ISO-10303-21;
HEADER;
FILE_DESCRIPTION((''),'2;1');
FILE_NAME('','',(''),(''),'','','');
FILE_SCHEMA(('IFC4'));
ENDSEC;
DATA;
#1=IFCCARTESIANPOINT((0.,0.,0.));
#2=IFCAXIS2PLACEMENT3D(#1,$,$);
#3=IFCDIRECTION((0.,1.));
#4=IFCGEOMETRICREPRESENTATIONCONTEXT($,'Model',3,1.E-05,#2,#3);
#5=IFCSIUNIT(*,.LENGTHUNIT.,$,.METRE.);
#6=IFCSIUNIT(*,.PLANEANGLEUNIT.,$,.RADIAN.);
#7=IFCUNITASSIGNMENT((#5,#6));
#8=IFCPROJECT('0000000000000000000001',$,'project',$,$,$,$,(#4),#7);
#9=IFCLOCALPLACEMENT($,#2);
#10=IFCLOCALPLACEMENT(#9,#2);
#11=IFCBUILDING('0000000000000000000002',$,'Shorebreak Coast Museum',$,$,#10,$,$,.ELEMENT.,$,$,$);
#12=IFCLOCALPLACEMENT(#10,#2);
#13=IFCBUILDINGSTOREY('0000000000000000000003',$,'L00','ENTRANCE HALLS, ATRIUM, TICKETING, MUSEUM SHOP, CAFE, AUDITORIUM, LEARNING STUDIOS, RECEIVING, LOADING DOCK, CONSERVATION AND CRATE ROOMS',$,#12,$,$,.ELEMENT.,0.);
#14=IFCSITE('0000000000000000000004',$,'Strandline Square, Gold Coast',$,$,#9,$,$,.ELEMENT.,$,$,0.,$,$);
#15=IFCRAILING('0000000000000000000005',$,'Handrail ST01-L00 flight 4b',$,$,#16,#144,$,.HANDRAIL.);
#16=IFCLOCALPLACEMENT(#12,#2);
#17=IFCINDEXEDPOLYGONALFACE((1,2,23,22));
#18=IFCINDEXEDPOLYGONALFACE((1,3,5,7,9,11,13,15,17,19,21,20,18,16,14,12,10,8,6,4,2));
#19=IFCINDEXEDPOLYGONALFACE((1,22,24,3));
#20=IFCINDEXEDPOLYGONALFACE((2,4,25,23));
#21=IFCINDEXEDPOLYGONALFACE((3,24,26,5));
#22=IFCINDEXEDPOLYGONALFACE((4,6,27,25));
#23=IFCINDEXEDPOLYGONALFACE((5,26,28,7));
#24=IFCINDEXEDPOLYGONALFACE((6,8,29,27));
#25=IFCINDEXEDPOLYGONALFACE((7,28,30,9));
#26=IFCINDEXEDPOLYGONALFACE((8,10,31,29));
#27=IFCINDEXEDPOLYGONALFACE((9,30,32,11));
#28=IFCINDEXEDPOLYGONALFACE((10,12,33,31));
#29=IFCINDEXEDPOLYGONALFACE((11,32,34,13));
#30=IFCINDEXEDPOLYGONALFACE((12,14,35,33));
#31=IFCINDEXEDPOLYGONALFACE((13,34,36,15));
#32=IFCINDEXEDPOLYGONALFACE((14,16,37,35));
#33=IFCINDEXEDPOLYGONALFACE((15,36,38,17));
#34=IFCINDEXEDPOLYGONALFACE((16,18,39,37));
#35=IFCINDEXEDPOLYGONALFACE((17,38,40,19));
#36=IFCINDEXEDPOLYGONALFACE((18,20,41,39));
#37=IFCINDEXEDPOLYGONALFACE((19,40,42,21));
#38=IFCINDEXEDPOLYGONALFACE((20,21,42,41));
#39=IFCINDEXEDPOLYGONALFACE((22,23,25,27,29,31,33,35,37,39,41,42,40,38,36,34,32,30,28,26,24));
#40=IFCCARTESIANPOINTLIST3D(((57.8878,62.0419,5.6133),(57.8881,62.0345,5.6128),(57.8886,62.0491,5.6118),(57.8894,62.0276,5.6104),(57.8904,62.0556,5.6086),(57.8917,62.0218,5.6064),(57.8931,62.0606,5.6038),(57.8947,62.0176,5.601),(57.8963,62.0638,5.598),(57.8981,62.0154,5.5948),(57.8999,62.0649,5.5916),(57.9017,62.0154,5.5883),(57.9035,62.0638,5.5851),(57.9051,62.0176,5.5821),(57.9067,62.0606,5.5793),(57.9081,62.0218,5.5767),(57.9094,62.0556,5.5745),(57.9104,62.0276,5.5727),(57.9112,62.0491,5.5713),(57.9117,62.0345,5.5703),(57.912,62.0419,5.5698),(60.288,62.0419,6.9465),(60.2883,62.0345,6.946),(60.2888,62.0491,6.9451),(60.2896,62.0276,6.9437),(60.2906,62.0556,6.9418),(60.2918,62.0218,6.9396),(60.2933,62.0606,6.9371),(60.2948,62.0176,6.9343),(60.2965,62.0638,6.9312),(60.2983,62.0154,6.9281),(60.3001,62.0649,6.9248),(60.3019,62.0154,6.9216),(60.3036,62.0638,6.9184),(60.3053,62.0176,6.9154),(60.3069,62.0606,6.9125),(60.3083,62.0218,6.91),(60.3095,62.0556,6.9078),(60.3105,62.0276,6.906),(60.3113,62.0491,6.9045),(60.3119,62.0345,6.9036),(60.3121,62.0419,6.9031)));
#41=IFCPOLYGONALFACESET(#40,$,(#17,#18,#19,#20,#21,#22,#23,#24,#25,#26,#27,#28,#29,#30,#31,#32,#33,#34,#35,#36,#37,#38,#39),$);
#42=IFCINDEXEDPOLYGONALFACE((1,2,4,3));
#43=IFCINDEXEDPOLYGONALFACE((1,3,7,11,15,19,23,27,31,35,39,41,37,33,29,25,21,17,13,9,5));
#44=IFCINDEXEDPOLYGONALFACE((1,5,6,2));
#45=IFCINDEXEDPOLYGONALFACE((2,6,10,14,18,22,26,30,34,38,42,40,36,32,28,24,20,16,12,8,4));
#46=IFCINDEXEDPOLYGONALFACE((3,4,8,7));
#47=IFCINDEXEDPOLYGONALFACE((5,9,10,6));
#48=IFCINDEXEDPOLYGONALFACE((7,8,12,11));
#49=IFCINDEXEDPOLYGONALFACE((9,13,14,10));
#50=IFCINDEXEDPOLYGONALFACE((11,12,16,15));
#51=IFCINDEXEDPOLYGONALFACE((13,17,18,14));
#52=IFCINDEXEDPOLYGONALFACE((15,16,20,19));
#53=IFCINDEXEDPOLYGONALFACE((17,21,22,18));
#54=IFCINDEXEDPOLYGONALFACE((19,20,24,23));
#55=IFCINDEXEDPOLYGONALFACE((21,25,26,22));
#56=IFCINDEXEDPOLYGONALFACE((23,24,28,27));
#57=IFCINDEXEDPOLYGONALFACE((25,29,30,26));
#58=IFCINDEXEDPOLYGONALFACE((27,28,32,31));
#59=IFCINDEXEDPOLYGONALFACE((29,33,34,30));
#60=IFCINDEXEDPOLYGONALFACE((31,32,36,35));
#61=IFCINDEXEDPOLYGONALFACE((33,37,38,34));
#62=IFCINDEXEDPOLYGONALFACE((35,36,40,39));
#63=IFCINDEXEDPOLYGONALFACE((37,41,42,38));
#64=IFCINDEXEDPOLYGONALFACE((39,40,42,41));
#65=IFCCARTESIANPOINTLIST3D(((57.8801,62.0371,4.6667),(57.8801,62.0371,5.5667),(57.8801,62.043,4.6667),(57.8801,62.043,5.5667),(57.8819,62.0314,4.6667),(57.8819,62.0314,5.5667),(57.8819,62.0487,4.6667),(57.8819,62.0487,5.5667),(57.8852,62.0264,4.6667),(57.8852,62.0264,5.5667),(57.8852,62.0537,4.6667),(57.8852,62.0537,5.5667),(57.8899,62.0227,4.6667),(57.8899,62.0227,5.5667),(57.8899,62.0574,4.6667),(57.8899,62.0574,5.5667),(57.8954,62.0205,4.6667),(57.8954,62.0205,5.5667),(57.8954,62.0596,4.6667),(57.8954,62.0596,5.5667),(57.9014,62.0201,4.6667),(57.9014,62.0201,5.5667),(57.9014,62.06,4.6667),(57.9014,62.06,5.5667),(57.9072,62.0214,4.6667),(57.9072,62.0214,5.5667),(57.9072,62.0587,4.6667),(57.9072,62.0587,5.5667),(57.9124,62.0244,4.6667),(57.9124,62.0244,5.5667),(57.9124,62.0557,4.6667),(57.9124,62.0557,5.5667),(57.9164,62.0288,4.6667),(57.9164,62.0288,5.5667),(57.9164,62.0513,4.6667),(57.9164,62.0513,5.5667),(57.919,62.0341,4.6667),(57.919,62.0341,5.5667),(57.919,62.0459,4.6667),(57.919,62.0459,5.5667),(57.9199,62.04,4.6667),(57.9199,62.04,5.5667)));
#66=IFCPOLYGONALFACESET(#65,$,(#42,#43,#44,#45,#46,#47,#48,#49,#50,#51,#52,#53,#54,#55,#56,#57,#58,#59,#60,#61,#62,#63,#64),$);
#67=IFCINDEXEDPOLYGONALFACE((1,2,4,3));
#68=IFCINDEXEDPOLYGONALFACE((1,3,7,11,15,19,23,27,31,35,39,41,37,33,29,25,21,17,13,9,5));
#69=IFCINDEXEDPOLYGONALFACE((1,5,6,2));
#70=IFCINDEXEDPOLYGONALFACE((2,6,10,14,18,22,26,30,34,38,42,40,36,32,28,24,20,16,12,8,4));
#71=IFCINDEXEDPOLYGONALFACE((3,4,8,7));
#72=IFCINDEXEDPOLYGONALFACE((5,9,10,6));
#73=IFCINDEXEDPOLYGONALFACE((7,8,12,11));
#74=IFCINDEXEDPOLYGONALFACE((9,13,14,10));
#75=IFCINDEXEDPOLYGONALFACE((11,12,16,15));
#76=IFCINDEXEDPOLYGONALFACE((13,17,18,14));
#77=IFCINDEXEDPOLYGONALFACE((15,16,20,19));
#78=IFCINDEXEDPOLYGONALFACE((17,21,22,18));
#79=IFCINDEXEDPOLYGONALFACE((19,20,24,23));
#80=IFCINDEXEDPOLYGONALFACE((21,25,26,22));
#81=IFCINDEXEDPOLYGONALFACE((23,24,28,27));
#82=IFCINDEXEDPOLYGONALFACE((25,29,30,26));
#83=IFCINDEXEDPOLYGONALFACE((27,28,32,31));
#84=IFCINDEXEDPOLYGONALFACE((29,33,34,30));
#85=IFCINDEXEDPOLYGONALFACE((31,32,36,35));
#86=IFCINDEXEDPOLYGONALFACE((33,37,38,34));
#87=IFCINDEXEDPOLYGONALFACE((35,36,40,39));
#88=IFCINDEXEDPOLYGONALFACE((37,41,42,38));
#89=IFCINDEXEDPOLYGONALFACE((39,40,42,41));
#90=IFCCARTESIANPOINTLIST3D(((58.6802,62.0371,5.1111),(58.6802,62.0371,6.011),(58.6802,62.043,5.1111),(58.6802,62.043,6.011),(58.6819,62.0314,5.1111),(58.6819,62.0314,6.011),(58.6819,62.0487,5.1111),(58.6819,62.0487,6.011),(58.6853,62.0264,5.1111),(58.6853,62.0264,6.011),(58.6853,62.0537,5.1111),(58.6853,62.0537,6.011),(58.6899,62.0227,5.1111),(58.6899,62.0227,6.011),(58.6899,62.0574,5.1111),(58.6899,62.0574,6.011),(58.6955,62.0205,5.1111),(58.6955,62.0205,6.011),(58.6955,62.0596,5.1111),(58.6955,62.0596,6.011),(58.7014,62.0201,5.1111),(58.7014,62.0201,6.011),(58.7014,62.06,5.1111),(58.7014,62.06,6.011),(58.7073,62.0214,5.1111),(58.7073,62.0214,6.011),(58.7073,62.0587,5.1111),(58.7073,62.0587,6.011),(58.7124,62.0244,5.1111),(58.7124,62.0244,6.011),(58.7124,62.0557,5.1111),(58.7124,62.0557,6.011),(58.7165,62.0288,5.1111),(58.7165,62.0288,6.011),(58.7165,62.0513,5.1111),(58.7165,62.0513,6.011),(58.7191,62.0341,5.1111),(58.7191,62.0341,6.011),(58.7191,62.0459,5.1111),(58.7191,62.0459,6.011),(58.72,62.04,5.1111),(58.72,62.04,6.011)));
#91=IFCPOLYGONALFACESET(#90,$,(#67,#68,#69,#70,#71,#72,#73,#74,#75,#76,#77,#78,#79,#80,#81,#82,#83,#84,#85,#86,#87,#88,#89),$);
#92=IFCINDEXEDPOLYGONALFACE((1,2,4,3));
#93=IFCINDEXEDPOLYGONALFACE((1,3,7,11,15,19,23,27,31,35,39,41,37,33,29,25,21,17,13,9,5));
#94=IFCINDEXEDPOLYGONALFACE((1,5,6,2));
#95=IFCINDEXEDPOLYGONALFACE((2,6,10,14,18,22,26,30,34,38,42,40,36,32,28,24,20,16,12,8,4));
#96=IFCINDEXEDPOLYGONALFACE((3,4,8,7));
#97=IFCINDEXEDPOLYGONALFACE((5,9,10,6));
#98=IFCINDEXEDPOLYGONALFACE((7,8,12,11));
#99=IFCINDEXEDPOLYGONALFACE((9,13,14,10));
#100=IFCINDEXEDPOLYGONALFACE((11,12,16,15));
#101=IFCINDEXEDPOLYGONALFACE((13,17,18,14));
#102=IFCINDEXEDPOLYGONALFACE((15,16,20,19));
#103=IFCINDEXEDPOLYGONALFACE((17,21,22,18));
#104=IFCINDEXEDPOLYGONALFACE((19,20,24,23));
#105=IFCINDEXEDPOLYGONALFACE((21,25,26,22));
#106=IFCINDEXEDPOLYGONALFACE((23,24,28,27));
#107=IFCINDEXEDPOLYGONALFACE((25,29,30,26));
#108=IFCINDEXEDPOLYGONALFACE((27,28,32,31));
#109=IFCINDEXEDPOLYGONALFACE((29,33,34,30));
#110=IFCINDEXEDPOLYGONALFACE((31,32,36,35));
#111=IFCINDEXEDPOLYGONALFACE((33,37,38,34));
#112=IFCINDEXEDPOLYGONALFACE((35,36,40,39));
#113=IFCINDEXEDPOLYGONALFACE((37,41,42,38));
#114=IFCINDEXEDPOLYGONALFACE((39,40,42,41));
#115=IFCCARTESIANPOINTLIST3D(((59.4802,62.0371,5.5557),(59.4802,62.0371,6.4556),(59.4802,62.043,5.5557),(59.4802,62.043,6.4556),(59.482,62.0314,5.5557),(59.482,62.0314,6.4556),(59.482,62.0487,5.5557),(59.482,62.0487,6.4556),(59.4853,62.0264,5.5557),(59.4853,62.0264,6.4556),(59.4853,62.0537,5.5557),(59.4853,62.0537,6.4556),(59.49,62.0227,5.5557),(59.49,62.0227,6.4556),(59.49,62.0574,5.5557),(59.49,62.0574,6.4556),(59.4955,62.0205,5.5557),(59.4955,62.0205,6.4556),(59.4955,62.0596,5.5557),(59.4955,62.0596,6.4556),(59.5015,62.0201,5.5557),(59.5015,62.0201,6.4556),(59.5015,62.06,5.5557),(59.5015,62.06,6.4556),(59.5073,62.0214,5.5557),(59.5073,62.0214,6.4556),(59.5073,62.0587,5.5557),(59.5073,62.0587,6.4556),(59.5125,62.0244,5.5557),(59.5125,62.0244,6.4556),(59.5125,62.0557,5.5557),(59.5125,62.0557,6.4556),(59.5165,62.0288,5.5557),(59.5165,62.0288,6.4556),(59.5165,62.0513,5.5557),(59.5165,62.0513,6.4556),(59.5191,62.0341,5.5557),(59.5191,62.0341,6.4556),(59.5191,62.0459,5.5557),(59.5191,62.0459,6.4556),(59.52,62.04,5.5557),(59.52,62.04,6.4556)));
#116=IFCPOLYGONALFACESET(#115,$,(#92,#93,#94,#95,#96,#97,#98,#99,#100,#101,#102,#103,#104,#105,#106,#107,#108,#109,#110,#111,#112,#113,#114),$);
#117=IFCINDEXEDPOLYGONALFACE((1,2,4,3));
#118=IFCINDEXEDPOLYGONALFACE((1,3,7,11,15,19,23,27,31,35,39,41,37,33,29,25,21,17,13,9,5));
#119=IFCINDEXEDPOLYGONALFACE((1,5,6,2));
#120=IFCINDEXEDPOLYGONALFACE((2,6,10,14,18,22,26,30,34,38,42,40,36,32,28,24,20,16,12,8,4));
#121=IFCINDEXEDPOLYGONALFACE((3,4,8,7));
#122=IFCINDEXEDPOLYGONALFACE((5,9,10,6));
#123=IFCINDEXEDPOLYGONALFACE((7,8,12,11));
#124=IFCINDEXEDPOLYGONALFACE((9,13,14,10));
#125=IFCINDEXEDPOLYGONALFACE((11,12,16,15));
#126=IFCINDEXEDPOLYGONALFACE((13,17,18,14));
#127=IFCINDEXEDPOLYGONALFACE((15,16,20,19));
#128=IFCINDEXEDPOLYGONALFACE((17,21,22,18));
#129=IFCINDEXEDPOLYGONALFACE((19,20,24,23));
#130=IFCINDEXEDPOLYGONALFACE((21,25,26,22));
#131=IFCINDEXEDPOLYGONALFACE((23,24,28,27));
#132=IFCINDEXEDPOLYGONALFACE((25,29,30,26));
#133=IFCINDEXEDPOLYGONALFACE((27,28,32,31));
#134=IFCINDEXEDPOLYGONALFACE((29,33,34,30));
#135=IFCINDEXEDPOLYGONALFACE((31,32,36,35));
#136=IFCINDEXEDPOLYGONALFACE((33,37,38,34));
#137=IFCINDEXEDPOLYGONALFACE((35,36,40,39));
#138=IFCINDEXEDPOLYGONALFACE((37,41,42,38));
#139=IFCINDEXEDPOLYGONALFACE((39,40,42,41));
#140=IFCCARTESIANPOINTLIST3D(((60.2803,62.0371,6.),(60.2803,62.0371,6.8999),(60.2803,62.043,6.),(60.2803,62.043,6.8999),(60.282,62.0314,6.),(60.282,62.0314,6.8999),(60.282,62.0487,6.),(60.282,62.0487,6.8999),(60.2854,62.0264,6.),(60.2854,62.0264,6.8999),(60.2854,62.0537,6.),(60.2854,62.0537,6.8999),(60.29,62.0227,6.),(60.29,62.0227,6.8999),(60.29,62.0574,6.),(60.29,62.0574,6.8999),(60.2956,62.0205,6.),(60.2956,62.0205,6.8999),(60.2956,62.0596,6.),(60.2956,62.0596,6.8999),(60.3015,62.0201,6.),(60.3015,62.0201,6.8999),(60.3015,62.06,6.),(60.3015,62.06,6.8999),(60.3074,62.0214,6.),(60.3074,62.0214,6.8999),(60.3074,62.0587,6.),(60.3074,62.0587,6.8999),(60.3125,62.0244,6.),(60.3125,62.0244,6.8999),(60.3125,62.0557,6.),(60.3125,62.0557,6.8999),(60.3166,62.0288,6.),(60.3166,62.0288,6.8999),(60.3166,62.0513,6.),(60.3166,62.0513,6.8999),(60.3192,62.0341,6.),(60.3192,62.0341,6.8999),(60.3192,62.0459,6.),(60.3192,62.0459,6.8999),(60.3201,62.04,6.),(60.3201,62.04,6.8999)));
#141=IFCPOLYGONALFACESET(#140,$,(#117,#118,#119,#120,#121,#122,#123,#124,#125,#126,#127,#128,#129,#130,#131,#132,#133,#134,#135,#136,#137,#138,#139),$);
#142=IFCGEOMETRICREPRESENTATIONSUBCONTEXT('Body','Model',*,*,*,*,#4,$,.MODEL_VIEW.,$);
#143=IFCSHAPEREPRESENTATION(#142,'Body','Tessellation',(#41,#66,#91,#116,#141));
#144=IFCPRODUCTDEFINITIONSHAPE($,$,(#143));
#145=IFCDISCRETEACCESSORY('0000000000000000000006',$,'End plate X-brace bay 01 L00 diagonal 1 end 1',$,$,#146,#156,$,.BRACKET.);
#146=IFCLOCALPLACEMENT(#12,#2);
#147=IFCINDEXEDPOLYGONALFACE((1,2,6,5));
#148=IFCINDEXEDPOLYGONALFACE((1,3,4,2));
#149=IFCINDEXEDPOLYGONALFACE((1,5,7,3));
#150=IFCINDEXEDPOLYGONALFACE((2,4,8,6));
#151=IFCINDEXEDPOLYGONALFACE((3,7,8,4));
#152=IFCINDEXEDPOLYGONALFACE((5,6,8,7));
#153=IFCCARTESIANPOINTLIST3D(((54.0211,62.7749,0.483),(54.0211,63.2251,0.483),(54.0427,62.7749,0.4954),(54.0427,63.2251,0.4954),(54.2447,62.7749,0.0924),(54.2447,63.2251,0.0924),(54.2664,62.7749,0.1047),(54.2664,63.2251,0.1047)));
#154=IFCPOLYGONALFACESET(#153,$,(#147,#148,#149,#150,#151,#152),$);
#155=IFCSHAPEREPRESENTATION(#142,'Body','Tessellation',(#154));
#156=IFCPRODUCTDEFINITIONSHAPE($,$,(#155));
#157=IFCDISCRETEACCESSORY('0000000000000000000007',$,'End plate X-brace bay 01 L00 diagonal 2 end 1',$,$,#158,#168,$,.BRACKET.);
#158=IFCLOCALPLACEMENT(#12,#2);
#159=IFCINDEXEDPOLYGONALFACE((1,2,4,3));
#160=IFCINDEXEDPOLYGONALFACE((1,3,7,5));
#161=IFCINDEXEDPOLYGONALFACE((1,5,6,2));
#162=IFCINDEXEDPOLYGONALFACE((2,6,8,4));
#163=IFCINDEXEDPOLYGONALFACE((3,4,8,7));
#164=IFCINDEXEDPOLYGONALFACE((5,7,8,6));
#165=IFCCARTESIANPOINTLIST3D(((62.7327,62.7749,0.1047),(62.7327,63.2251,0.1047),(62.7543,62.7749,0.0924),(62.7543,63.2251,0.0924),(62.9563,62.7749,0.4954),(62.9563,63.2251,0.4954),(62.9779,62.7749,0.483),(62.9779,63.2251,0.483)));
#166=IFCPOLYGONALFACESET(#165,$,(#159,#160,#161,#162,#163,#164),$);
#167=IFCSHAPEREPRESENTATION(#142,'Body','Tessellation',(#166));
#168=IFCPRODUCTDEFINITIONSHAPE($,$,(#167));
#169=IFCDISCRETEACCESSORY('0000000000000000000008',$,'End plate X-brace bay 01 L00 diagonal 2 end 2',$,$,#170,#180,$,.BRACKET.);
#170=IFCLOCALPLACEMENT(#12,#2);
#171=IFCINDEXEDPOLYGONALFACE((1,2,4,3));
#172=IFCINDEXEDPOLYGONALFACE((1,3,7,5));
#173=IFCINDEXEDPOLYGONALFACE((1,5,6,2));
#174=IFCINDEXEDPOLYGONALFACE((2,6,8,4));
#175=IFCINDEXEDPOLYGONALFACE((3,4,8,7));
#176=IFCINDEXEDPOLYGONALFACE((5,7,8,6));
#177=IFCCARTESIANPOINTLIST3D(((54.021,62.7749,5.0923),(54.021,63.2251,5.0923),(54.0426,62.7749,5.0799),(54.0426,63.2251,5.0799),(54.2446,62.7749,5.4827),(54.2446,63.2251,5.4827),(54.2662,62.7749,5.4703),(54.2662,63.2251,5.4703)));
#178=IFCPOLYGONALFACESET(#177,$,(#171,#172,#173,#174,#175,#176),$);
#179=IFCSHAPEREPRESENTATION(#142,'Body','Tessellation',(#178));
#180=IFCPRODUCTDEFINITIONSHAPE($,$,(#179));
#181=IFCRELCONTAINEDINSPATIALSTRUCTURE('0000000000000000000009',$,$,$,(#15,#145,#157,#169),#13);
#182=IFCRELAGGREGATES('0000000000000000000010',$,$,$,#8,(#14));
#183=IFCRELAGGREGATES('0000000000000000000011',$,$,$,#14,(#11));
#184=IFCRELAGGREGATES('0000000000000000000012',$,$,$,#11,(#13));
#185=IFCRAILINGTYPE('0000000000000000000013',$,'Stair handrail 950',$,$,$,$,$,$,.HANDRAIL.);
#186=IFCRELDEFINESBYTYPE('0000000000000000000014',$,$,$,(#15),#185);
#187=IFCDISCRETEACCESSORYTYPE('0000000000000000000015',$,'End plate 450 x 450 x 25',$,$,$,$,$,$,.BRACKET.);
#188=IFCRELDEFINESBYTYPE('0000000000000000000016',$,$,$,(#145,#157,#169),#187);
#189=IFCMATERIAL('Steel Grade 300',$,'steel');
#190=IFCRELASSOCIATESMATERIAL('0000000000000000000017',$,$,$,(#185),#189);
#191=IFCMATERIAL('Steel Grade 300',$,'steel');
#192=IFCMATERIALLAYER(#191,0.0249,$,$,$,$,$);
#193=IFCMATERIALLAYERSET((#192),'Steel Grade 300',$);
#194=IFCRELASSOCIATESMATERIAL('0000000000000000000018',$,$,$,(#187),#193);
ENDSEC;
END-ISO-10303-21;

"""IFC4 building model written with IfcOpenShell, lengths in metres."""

from ifc_helpers import new_model, si_unit, direction, frame, origin, origin_2d, place, context, subcontext, project, spatial, polyline, circle, outline, extrude, material, layer, layer_set, type_object, element, save


model = new_model("IFC4")

# Units and contexts
model_context = context("Model", 3, precision=1e-05, world=origin(), true_north=direction((0.0, 1.0)))
body_context = subcontext(model_context, "Body", "Model", "MODEL_VIEW")
ifc_project = project(units=[si_unit("LENGTHUNIT", "METRE"), si_unit("PLANEANGLEUNIT", "RADIAN")], contexts=[model_context])

# Site, building, storey
site_placement = place(None, origin())
site = spatial("IfcSite", under=ifc_project, at=site_placement, Name="Strandline Square, Gold Coast", CompositionType="ELEMENT", RefElevation=0.0)
building_placement = place(site_placement, origin())
building = spatial("IfcBuilding", under=site, at=building_placement, Name="Shorebreak Coast Museum", CompositionType="ELEMENT")
storey_placement = place(building_placement, origin())
storey = spatial("IfcBuildingStorey", under=building, at=storey_placement, Name="L00", Description="ENTRANCE HALLS, ATRIUM, TICKETING, MUSEUM SHOP, CAFE, AUDITORIUM, LEARNING STUDIOS, RECEIVING, LOADING DOCK, CONSERVATION AND CRATE ROOMS", CompositionType="ELEMENT", Elevation=0.0)

# Railing
ifc_material_1 = material(Name="Steel Grade 300", Category="steel")
railing_type_1 = type_object("IfcRailingType", Name="Stair handrail 950", PredefinedType="HANDRAIL", material=ifc_material_1)
for number, where, name in (
    (1, (57.8999, 62.04, 4.6667), "Handrail ST01-L00 flight 4b"),
):
    element("IfcRailing", number, at=place(storey_placement, frame(where)), inside=storey, type_object=railing_type_1, Name=name, PredefinedType="HANDRAIL", context=body_context, shape_type="SweptSolid", body=[
        extrude(circle(Radius=0.0249, at=origin_2d()), frame((0.0, 0.0, 0.9248), z_axis=(0.874182, 0.0, 0.485598), x_axis=(0.0, 1.0, 0.0)), (0.0, 0.0, 1.0), 2.7456),
        extrude(circle(Radius=0.02, at=origin_2d()), origin(), (0.0, 0.0, 1.0), 0.8999),
        extrude(circle(Radius=0.02, at=origin_2d()), frame((0.8, 0.0, 0.4443)), (0.0, 0.0, 1.0), 0.8999),
        extrude(circle(Radius=0.02, at=origin_2d()), frame((1.6001, 0.0, 0.8889)), (0.0, 0.0, 1.0), 0.8999),
        extrude(circle(Radius=0.02, at=origin_2d()), frame((2.4001, 0.0, 1.3333)), (0.0, 0.0, 1.0), 0.8999),
    ])

# Discrete accessories
ifc_material_2 = material(Name="Steel Grade 300", Category="steel")
ifc_layer_1 = layer(ifc_material_2, 0.0249)
ifc_layer_set_1 = layer_set([ifc_layer_1], Name="Steel Grade 300")
discrete_accessory_type = type_object("IfcDiscreteAccessoryType", Name="End plate 450 x 450 x 25", PredefinedType="BRACKET", material=ifc_layer_set_1)
for number, where, z_axis, x_axis, name in (
    (2, (54.2664, 62.7749, 0.1047), (0.867842, 0.0, 0.49684), (0.0, 1.0, 0.0), "End plate X-brace bay 01 L00 diagonal 1 end 1"),
    (3, (62.7327, 63.2251, 0.1047), (-0.867842, 0.0, 0.49684), (0.0, -1.0, 0.0), "End plate X-brace bay 01 L00 diagonal 2 end 1"),
):
    element("IfcDiscreteAccessory", number, at=place(storey_placement, frame(where, z_axis=z_axis, x_axis=x_axis)), inside=storey, type_object=discrete_accessory_type, Name=name, PredefinedType="BRACKET", context=body_context, shape_type="SweptSolid", body=[
        extrude(outline(polyline([(0.0, 0.0), (0.4502, 0.0), (0.4502, 0.4501), (0.0, 0.4501), (0.0, 0.0)])), origin(), (0.0, 0.0, -1.0), 0.0249),
    ])
discrete_accessory_placement = place(storey_placement, frame((54.021, 63.2251, 5.0923), z_axis=(-0.867708, 0.0, 0.497074), x_axis=(0.0, -1.0, 0.0)))
element("IfcDiscreteAccessory", 4, at=discrete_accessory_placement, inside=storey, type_object=discrete_accessory_type, Name="End plate X-brace bay 01 L00 diagonal 2 end 2", PredefinedType="BRACKET", context=body_context, shape_type="SweptSolid", body=[
    extrude(outline(polyline([(0.0, 0.0), (0.4502, 0.0), (0.4502, 0.4499), (0.0, 0.4499), (0.0, 0.0)])), origin(), (0.0, 0.0, -1.0), 0.0249),
])

save(model, "model.ifc")
